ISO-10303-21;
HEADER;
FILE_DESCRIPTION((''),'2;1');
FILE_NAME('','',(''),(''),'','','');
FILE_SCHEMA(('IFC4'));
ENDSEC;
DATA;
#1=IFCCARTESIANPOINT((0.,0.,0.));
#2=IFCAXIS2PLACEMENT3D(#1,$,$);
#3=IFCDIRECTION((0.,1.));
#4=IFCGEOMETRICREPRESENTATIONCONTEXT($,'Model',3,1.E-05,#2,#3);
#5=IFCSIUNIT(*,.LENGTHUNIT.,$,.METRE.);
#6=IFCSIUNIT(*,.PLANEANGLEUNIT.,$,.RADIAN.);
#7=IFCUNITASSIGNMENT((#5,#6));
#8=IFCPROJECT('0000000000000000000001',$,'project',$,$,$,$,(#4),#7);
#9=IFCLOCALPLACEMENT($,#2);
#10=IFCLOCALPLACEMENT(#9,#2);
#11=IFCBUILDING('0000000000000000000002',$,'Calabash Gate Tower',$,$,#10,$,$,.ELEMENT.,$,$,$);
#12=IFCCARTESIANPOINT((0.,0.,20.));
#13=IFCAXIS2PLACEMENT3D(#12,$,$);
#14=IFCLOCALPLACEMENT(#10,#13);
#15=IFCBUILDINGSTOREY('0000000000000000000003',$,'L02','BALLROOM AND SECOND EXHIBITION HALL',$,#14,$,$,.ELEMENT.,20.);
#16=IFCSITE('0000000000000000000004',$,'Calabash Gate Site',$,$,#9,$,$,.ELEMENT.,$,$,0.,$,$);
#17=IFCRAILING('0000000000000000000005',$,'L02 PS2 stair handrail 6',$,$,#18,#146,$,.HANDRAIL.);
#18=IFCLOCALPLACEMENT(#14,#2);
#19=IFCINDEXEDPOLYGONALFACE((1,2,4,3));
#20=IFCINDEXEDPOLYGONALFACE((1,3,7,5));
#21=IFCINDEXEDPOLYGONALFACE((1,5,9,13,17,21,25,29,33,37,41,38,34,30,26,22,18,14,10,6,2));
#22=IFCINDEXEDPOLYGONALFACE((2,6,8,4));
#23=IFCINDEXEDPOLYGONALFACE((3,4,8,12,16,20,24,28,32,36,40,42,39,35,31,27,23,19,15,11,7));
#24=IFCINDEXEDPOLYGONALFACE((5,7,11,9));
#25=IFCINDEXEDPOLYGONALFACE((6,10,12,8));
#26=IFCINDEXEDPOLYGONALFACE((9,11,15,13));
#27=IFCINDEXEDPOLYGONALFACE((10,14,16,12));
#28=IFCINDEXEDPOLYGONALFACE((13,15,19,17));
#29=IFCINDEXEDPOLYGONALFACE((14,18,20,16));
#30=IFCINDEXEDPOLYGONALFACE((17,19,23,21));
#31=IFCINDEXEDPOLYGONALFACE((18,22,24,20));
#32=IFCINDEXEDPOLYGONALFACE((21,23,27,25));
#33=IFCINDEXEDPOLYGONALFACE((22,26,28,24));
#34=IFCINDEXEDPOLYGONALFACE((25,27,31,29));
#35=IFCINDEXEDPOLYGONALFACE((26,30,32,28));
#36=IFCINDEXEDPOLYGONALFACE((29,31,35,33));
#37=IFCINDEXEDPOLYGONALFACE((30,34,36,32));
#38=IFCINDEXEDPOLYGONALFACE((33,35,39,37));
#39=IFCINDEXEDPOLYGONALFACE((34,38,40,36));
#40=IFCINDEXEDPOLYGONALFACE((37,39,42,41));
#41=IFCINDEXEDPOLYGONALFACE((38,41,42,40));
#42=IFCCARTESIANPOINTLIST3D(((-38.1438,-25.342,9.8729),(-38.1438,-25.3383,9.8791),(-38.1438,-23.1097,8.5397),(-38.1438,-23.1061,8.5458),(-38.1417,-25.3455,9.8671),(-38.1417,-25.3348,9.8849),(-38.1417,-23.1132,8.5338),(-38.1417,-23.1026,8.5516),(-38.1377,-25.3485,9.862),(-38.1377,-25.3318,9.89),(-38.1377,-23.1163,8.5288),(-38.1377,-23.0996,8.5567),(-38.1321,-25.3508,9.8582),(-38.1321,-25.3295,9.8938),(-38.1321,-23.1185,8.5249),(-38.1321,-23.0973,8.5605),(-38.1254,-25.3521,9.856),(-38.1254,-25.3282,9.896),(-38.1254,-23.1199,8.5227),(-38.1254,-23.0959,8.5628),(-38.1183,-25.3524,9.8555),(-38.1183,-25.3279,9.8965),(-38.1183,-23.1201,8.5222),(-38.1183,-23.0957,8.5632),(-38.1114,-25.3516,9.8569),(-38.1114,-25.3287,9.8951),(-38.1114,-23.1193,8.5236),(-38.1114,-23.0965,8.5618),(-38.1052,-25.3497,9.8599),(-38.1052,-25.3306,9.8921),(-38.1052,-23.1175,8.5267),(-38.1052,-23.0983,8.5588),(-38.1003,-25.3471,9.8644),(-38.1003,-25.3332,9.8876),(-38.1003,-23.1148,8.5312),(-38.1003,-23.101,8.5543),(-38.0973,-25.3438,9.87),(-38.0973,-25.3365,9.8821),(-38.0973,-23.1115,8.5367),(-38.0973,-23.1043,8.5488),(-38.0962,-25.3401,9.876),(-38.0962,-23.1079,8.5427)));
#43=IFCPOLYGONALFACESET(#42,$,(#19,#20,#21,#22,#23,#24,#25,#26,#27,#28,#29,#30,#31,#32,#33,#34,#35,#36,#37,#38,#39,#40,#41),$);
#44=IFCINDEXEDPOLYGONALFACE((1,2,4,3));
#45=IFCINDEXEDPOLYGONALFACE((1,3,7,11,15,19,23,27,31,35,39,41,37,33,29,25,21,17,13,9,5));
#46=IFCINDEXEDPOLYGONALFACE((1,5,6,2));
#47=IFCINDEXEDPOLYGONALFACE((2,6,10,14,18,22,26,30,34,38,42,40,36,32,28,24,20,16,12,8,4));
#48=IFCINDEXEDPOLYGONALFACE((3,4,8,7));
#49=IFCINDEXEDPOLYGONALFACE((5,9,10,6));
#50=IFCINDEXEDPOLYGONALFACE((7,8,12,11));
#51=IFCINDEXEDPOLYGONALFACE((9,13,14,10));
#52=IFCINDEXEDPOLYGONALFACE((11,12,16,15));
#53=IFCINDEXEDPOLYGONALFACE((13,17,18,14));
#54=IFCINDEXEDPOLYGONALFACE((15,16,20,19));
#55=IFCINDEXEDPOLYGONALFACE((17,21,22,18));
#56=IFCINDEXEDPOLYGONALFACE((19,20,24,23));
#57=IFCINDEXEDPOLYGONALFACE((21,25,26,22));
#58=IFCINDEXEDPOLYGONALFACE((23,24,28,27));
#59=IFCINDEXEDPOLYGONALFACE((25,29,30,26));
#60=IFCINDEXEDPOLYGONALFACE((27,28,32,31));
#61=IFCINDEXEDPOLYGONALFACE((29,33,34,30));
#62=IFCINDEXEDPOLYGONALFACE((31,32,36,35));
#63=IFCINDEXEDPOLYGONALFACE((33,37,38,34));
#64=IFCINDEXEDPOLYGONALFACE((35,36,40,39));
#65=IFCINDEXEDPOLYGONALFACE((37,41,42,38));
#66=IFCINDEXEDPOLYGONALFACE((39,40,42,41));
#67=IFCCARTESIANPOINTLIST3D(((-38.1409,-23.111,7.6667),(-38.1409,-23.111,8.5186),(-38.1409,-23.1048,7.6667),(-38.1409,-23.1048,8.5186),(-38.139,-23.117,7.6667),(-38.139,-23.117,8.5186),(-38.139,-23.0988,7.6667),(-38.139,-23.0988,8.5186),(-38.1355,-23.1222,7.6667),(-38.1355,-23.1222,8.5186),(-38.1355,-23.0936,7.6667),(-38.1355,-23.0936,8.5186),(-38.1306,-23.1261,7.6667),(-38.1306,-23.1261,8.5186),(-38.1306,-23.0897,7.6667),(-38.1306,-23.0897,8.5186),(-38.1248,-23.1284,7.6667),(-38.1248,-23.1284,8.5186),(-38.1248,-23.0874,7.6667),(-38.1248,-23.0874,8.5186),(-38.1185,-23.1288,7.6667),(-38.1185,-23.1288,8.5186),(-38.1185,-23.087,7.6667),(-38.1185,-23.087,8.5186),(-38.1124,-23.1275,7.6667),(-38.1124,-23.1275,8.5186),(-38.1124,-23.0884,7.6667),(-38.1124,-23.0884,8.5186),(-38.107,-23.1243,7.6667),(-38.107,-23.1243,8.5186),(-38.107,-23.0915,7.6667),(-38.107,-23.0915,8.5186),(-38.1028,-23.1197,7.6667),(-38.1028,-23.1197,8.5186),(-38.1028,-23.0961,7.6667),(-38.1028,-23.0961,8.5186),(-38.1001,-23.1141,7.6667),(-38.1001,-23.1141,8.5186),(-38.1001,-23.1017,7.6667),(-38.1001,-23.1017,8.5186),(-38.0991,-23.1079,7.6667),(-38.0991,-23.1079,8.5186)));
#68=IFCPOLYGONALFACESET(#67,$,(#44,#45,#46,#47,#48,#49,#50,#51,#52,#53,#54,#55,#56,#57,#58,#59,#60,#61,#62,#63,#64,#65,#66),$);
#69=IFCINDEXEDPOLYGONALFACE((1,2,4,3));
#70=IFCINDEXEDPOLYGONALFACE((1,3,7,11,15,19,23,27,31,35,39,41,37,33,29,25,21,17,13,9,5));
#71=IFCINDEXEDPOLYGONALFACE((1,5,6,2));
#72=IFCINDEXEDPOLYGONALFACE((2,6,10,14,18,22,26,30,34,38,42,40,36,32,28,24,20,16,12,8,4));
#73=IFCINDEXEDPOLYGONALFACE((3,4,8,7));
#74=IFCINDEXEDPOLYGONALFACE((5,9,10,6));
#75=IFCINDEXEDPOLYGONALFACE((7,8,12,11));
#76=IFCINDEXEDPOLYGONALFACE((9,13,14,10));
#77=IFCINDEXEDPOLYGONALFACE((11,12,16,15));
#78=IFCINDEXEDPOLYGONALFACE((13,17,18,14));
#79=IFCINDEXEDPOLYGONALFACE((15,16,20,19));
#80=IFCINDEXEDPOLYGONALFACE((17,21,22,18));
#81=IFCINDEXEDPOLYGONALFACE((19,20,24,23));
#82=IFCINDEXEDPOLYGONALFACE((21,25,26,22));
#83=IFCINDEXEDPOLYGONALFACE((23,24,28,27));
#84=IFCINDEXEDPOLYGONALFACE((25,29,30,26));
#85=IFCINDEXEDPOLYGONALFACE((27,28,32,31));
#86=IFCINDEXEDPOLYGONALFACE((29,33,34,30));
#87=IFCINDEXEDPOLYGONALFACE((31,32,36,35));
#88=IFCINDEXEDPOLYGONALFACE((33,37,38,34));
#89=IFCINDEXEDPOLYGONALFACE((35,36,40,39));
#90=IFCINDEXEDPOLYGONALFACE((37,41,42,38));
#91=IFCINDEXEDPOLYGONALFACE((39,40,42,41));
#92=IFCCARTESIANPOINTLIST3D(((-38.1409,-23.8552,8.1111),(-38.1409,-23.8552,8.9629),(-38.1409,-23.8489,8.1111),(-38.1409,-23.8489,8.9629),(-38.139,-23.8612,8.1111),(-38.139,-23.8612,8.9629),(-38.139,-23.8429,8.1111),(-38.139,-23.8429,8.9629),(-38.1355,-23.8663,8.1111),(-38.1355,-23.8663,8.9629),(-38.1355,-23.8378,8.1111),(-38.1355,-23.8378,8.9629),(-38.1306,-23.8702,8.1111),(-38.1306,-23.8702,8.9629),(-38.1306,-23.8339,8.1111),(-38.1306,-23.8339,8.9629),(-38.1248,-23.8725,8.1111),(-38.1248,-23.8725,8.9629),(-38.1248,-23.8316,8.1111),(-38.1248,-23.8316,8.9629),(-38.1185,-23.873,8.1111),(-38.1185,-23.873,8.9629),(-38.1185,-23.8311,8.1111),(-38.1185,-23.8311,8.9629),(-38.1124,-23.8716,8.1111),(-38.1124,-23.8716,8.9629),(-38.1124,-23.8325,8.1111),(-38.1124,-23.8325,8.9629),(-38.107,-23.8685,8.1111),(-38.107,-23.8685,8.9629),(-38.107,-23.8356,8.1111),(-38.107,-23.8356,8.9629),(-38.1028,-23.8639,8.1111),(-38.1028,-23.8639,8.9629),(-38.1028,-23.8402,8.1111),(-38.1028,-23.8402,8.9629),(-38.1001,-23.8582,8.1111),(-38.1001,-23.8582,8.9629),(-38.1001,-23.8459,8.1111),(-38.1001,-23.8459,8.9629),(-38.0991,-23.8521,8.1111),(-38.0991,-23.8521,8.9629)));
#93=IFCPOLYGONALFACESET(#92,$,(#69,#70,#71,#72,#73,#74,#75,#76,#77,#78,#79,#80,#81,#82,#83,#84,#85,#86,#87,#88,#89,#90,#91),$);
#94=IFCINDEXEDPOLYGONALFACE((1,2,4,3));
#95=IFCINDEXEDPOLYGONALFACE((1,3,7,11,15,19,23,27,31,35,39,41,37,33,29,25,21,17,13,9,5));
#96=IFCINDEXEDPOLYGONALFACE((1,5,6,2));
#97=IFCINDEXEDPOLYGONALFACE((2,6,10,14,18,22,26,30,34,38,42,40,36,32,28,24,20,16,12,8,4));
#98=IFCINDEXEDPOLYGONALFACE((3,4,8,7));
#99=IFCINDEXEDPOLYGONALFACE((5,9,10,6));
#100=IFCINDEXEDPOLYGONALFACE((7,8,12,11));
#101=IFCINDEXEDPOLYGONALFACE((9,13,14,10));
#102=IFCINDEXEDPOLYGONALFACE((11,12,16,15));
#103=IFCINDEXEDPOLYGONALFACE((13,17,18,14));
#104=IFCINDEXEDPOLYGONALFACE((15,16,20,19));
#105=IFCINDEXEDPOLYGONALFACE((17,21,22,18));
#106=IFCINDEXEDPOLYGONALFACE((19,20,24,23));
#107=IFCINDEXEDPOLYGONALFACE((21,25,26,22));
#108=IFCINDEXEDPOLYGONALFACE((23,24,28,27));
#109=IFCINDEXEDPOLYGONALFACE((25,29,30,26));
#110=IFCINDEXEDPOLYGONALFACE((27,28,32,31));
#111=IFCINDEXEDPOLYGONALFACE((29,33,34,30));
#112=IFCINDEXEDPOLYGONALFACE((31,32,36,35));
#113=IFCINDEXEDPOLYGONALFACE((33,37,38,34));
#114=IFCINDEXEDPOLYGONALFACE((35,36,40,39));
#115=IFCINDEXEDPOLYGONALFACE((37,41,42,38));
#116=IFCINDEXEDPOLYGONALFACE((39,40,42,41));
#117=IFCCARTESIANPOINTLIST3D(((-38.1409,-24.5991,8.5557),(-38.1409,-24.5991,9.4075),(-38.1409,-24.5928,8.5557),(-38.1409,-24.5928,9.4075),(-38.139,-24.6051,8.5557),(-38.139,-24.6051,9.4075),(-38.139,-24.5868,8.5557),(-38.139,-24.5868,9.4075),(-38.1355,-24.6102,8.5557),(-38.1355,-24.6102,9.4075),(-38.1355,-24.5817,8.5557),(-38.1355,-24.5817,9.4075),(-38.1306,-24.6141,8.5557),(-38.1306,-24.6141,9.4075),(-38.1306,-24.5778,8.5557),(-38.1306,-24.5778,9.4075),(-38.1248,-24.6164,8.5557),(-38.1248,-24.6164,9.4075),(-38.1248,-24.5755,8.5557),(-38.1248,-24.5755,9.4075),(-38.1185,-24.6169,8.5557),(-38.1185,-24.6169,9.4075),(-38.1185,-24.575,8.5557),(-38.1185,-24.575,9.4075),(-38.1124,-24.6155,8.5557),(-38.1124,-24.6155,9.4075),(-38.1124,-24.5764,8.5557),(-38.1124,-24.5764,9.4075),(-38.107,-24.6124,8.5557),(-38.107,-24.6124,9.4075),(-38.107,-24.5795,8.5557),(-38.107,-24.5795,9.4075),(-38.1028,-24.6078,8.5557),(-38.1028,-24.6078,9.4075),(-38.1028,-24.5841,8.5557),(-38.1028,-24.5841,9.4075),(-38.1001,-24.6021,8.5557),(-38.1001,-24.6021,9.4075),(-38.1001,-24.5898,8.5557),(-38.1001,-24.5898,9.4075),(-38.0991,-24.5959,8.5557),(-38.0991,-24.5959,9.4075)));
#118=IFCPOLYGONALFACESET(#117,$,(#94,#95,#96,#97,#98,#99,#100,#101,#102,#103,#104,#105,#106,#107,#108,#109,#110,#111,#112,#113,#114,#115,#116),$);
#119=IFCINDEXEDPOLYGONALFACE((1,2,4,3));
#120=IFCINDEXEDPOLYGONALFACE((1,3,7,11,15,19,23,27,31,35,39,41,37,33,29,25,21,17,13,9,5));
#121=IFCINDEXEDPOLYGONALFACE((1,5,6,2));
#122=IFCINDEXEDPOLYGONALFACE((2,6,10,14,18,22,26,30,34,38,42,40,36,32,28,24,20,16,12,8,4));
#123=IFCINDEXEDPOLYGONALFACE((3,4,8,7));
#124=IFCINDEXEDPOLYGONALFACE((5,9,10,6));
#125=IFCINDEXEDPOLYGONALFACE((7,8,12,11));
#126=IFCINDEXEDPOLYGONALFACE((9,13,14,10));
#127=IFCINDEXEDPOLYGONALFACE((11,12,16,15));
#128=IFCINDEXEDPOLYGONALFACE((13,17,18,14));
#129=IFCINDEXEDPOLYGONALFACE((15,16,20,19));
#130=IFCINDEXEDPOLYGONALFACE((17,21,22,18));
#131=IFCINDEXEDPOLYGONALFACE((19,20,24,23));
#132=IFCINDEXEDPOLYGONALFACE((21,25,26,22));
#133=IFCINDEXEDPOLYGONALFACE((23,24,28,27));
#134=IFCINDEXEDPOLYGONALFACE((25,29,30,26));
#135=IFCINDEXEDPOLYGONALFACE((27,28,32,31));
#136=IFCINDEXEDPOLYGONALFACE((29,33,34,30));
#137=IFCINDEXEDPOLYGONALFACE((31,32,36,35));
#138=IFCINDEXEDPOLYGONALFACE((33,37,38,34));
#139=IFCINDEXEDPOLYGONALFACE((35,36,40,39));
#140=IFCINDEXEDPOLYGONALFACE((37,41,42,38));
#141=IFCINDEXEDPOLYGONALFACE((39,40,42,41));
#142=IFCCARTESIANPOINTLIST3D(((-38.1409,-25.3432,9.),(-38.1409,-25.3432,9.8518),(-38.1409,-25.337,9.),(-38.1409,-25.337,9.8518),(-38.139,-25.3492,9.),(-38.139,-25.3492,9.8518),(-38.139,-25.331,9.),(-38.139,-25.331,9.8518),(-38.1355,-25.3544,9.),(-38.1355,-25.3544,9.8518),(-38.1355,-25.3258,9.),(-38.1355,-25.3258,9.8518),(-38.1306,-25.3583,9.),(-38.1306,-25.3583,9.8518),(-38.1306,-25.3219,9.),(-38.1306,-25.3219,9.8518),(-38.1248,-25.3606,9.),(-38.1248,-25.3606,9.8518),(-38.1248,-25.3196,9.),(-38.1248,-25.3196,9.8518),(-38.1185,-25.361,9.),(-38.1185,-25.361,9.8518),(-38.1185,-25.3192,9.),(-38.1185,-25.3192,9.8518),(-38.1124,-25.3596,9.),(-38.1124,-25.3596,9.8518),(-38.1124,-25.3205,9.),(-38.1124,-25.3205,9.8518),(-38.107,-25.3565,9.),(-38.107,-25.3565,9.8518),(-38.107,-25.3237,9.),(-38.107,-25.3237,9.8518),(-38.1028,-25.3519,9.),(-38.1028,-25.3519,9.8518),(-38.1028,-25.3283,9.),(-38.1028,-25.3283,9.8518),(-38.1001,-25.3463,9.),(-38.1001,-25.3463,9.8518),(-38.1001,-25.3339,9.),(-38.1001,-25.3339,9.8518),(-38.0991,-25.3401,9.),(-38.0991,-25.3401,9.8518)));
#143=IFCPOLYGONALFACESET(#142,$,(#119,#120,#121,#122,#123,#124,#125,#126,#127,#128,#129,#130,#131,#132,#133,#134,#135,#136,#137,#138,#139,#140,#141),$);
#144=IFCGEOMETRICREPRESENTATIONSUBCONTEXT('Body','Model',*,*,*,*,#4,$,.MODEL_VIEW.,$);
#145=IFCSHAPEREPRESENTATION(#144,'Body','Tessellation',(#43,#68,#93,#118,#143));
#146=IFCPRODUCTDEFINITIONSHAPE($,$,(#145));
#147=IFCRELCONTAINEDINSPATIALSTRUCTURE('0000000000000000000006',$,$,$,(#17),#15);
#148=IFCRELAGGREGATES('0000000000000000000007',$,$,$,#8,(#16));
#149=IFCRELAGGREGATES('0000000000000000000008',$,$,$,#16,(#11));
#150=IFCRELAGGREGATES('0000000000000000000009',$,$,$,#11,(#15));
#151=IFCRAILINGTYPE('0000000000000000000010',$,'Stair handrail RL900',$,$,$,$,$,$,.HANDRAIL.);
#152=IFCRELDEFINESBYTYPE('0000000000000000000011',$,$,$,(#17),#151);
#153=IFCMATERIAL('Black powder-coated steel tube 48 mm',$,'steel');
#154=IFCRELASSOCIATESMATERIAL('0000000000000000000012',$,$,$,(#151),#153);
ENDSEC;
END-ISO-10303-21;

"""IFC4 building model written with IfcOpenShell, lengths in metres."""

from ifc_helpers import new_model, si_unit, direction, frame, origin, origin_2d, place, context, subcontext, project, spatial, circle, extrude, material, type_object, element, save


model = new_model("IFC4")

# Units and contexts
model_context = context("Model", 3, precision=1e-05, world=origin(), true_north=direction((0.0, 1.0)))
body_context = subcontext(model_context, "Body", "Model", "MODEL_VIEW")
ifc_project = project(units=[si_unit("LENGTHUNIT", "METRE"), si_unit("PLANEANGLEUNIT", "RADIAN")], contexts=[model_context])

# Site, building, storey
site_placement = place(None, origin())
site = spatial("IfcSite", under=ifc_project, at=site_placement, Name="Calabash Gate Site", CompositionType="ELEMENT", RefElevation=0.0)
building_placement = place(site_placement, origin())
building = spatial("IfcBuilding", under=site, at=building_placement, Name="Calabash Gate Tower", CompositionType="ELEMENT")
storey_placement = place(building_placement, frame((0.0, 0.0, 20.0)))
storey = spatial("IfcBuildingStorey", under=building, at=storey_placement, Name="L02", Description="BALLROOM AND SECOND EXHIBITION HALL", CompositionType="ELEMENT", Elevation=20.0)

# Railing
ifc_material_1 = material(Name="Black powder-coated steel tube 48 mm", Category="steel")
railing_type_1 = type_object("IfcRailingType", Name="Stair handrail RL900", PredefinedType="HANDRAIL", material=ifc_material_1)
for number, where, name in (
    (1, (-38.1201, -23.1079, 7.6667), "L02 PS2 stair handrail 6"),
):
    element("IfcRailing", number, at=place(storey_placement, frame(where)), inside=storey, type_object=railing_type_1, Name=name, PredefinedType="HANDRAIL", context=body_context, shape_type="SweptSolid", body=[
        extrude(circle(Radius=0.0239, at=origin_2d()), frame((0.0, 0.0, 0.876), z_axis=(0.0, -0.858519, 0.512782), x_axis=(1.0, 0.0, 0.0)), (0.0, 0.0, 1.0), 2.6001),
        extrude(circle(Radius=0.021, at=origin_2d()), origin(), (0.0, 0.0, 1.0), 0.8518),
        extrude(circle(Radius=0.021, at=origin_2d()), frame((0.0, -0.7441, 0.4443)), (0.0, 0.0, 1.0), 0.8518),
        extrude(circle(Radius=0.021, at=origin_2d()), frame((0.0, -1.488, 0.8889)), (0.0, 0.0, 1.0), 0.8518),
        extrude(circle(Radius=0.021, at=origin_2d()), frame((0.0, -2.2322, 1.3333)), (0.0, 0.0, 1.0), 0.8518),
    ])

save(model, "model.ifc")
